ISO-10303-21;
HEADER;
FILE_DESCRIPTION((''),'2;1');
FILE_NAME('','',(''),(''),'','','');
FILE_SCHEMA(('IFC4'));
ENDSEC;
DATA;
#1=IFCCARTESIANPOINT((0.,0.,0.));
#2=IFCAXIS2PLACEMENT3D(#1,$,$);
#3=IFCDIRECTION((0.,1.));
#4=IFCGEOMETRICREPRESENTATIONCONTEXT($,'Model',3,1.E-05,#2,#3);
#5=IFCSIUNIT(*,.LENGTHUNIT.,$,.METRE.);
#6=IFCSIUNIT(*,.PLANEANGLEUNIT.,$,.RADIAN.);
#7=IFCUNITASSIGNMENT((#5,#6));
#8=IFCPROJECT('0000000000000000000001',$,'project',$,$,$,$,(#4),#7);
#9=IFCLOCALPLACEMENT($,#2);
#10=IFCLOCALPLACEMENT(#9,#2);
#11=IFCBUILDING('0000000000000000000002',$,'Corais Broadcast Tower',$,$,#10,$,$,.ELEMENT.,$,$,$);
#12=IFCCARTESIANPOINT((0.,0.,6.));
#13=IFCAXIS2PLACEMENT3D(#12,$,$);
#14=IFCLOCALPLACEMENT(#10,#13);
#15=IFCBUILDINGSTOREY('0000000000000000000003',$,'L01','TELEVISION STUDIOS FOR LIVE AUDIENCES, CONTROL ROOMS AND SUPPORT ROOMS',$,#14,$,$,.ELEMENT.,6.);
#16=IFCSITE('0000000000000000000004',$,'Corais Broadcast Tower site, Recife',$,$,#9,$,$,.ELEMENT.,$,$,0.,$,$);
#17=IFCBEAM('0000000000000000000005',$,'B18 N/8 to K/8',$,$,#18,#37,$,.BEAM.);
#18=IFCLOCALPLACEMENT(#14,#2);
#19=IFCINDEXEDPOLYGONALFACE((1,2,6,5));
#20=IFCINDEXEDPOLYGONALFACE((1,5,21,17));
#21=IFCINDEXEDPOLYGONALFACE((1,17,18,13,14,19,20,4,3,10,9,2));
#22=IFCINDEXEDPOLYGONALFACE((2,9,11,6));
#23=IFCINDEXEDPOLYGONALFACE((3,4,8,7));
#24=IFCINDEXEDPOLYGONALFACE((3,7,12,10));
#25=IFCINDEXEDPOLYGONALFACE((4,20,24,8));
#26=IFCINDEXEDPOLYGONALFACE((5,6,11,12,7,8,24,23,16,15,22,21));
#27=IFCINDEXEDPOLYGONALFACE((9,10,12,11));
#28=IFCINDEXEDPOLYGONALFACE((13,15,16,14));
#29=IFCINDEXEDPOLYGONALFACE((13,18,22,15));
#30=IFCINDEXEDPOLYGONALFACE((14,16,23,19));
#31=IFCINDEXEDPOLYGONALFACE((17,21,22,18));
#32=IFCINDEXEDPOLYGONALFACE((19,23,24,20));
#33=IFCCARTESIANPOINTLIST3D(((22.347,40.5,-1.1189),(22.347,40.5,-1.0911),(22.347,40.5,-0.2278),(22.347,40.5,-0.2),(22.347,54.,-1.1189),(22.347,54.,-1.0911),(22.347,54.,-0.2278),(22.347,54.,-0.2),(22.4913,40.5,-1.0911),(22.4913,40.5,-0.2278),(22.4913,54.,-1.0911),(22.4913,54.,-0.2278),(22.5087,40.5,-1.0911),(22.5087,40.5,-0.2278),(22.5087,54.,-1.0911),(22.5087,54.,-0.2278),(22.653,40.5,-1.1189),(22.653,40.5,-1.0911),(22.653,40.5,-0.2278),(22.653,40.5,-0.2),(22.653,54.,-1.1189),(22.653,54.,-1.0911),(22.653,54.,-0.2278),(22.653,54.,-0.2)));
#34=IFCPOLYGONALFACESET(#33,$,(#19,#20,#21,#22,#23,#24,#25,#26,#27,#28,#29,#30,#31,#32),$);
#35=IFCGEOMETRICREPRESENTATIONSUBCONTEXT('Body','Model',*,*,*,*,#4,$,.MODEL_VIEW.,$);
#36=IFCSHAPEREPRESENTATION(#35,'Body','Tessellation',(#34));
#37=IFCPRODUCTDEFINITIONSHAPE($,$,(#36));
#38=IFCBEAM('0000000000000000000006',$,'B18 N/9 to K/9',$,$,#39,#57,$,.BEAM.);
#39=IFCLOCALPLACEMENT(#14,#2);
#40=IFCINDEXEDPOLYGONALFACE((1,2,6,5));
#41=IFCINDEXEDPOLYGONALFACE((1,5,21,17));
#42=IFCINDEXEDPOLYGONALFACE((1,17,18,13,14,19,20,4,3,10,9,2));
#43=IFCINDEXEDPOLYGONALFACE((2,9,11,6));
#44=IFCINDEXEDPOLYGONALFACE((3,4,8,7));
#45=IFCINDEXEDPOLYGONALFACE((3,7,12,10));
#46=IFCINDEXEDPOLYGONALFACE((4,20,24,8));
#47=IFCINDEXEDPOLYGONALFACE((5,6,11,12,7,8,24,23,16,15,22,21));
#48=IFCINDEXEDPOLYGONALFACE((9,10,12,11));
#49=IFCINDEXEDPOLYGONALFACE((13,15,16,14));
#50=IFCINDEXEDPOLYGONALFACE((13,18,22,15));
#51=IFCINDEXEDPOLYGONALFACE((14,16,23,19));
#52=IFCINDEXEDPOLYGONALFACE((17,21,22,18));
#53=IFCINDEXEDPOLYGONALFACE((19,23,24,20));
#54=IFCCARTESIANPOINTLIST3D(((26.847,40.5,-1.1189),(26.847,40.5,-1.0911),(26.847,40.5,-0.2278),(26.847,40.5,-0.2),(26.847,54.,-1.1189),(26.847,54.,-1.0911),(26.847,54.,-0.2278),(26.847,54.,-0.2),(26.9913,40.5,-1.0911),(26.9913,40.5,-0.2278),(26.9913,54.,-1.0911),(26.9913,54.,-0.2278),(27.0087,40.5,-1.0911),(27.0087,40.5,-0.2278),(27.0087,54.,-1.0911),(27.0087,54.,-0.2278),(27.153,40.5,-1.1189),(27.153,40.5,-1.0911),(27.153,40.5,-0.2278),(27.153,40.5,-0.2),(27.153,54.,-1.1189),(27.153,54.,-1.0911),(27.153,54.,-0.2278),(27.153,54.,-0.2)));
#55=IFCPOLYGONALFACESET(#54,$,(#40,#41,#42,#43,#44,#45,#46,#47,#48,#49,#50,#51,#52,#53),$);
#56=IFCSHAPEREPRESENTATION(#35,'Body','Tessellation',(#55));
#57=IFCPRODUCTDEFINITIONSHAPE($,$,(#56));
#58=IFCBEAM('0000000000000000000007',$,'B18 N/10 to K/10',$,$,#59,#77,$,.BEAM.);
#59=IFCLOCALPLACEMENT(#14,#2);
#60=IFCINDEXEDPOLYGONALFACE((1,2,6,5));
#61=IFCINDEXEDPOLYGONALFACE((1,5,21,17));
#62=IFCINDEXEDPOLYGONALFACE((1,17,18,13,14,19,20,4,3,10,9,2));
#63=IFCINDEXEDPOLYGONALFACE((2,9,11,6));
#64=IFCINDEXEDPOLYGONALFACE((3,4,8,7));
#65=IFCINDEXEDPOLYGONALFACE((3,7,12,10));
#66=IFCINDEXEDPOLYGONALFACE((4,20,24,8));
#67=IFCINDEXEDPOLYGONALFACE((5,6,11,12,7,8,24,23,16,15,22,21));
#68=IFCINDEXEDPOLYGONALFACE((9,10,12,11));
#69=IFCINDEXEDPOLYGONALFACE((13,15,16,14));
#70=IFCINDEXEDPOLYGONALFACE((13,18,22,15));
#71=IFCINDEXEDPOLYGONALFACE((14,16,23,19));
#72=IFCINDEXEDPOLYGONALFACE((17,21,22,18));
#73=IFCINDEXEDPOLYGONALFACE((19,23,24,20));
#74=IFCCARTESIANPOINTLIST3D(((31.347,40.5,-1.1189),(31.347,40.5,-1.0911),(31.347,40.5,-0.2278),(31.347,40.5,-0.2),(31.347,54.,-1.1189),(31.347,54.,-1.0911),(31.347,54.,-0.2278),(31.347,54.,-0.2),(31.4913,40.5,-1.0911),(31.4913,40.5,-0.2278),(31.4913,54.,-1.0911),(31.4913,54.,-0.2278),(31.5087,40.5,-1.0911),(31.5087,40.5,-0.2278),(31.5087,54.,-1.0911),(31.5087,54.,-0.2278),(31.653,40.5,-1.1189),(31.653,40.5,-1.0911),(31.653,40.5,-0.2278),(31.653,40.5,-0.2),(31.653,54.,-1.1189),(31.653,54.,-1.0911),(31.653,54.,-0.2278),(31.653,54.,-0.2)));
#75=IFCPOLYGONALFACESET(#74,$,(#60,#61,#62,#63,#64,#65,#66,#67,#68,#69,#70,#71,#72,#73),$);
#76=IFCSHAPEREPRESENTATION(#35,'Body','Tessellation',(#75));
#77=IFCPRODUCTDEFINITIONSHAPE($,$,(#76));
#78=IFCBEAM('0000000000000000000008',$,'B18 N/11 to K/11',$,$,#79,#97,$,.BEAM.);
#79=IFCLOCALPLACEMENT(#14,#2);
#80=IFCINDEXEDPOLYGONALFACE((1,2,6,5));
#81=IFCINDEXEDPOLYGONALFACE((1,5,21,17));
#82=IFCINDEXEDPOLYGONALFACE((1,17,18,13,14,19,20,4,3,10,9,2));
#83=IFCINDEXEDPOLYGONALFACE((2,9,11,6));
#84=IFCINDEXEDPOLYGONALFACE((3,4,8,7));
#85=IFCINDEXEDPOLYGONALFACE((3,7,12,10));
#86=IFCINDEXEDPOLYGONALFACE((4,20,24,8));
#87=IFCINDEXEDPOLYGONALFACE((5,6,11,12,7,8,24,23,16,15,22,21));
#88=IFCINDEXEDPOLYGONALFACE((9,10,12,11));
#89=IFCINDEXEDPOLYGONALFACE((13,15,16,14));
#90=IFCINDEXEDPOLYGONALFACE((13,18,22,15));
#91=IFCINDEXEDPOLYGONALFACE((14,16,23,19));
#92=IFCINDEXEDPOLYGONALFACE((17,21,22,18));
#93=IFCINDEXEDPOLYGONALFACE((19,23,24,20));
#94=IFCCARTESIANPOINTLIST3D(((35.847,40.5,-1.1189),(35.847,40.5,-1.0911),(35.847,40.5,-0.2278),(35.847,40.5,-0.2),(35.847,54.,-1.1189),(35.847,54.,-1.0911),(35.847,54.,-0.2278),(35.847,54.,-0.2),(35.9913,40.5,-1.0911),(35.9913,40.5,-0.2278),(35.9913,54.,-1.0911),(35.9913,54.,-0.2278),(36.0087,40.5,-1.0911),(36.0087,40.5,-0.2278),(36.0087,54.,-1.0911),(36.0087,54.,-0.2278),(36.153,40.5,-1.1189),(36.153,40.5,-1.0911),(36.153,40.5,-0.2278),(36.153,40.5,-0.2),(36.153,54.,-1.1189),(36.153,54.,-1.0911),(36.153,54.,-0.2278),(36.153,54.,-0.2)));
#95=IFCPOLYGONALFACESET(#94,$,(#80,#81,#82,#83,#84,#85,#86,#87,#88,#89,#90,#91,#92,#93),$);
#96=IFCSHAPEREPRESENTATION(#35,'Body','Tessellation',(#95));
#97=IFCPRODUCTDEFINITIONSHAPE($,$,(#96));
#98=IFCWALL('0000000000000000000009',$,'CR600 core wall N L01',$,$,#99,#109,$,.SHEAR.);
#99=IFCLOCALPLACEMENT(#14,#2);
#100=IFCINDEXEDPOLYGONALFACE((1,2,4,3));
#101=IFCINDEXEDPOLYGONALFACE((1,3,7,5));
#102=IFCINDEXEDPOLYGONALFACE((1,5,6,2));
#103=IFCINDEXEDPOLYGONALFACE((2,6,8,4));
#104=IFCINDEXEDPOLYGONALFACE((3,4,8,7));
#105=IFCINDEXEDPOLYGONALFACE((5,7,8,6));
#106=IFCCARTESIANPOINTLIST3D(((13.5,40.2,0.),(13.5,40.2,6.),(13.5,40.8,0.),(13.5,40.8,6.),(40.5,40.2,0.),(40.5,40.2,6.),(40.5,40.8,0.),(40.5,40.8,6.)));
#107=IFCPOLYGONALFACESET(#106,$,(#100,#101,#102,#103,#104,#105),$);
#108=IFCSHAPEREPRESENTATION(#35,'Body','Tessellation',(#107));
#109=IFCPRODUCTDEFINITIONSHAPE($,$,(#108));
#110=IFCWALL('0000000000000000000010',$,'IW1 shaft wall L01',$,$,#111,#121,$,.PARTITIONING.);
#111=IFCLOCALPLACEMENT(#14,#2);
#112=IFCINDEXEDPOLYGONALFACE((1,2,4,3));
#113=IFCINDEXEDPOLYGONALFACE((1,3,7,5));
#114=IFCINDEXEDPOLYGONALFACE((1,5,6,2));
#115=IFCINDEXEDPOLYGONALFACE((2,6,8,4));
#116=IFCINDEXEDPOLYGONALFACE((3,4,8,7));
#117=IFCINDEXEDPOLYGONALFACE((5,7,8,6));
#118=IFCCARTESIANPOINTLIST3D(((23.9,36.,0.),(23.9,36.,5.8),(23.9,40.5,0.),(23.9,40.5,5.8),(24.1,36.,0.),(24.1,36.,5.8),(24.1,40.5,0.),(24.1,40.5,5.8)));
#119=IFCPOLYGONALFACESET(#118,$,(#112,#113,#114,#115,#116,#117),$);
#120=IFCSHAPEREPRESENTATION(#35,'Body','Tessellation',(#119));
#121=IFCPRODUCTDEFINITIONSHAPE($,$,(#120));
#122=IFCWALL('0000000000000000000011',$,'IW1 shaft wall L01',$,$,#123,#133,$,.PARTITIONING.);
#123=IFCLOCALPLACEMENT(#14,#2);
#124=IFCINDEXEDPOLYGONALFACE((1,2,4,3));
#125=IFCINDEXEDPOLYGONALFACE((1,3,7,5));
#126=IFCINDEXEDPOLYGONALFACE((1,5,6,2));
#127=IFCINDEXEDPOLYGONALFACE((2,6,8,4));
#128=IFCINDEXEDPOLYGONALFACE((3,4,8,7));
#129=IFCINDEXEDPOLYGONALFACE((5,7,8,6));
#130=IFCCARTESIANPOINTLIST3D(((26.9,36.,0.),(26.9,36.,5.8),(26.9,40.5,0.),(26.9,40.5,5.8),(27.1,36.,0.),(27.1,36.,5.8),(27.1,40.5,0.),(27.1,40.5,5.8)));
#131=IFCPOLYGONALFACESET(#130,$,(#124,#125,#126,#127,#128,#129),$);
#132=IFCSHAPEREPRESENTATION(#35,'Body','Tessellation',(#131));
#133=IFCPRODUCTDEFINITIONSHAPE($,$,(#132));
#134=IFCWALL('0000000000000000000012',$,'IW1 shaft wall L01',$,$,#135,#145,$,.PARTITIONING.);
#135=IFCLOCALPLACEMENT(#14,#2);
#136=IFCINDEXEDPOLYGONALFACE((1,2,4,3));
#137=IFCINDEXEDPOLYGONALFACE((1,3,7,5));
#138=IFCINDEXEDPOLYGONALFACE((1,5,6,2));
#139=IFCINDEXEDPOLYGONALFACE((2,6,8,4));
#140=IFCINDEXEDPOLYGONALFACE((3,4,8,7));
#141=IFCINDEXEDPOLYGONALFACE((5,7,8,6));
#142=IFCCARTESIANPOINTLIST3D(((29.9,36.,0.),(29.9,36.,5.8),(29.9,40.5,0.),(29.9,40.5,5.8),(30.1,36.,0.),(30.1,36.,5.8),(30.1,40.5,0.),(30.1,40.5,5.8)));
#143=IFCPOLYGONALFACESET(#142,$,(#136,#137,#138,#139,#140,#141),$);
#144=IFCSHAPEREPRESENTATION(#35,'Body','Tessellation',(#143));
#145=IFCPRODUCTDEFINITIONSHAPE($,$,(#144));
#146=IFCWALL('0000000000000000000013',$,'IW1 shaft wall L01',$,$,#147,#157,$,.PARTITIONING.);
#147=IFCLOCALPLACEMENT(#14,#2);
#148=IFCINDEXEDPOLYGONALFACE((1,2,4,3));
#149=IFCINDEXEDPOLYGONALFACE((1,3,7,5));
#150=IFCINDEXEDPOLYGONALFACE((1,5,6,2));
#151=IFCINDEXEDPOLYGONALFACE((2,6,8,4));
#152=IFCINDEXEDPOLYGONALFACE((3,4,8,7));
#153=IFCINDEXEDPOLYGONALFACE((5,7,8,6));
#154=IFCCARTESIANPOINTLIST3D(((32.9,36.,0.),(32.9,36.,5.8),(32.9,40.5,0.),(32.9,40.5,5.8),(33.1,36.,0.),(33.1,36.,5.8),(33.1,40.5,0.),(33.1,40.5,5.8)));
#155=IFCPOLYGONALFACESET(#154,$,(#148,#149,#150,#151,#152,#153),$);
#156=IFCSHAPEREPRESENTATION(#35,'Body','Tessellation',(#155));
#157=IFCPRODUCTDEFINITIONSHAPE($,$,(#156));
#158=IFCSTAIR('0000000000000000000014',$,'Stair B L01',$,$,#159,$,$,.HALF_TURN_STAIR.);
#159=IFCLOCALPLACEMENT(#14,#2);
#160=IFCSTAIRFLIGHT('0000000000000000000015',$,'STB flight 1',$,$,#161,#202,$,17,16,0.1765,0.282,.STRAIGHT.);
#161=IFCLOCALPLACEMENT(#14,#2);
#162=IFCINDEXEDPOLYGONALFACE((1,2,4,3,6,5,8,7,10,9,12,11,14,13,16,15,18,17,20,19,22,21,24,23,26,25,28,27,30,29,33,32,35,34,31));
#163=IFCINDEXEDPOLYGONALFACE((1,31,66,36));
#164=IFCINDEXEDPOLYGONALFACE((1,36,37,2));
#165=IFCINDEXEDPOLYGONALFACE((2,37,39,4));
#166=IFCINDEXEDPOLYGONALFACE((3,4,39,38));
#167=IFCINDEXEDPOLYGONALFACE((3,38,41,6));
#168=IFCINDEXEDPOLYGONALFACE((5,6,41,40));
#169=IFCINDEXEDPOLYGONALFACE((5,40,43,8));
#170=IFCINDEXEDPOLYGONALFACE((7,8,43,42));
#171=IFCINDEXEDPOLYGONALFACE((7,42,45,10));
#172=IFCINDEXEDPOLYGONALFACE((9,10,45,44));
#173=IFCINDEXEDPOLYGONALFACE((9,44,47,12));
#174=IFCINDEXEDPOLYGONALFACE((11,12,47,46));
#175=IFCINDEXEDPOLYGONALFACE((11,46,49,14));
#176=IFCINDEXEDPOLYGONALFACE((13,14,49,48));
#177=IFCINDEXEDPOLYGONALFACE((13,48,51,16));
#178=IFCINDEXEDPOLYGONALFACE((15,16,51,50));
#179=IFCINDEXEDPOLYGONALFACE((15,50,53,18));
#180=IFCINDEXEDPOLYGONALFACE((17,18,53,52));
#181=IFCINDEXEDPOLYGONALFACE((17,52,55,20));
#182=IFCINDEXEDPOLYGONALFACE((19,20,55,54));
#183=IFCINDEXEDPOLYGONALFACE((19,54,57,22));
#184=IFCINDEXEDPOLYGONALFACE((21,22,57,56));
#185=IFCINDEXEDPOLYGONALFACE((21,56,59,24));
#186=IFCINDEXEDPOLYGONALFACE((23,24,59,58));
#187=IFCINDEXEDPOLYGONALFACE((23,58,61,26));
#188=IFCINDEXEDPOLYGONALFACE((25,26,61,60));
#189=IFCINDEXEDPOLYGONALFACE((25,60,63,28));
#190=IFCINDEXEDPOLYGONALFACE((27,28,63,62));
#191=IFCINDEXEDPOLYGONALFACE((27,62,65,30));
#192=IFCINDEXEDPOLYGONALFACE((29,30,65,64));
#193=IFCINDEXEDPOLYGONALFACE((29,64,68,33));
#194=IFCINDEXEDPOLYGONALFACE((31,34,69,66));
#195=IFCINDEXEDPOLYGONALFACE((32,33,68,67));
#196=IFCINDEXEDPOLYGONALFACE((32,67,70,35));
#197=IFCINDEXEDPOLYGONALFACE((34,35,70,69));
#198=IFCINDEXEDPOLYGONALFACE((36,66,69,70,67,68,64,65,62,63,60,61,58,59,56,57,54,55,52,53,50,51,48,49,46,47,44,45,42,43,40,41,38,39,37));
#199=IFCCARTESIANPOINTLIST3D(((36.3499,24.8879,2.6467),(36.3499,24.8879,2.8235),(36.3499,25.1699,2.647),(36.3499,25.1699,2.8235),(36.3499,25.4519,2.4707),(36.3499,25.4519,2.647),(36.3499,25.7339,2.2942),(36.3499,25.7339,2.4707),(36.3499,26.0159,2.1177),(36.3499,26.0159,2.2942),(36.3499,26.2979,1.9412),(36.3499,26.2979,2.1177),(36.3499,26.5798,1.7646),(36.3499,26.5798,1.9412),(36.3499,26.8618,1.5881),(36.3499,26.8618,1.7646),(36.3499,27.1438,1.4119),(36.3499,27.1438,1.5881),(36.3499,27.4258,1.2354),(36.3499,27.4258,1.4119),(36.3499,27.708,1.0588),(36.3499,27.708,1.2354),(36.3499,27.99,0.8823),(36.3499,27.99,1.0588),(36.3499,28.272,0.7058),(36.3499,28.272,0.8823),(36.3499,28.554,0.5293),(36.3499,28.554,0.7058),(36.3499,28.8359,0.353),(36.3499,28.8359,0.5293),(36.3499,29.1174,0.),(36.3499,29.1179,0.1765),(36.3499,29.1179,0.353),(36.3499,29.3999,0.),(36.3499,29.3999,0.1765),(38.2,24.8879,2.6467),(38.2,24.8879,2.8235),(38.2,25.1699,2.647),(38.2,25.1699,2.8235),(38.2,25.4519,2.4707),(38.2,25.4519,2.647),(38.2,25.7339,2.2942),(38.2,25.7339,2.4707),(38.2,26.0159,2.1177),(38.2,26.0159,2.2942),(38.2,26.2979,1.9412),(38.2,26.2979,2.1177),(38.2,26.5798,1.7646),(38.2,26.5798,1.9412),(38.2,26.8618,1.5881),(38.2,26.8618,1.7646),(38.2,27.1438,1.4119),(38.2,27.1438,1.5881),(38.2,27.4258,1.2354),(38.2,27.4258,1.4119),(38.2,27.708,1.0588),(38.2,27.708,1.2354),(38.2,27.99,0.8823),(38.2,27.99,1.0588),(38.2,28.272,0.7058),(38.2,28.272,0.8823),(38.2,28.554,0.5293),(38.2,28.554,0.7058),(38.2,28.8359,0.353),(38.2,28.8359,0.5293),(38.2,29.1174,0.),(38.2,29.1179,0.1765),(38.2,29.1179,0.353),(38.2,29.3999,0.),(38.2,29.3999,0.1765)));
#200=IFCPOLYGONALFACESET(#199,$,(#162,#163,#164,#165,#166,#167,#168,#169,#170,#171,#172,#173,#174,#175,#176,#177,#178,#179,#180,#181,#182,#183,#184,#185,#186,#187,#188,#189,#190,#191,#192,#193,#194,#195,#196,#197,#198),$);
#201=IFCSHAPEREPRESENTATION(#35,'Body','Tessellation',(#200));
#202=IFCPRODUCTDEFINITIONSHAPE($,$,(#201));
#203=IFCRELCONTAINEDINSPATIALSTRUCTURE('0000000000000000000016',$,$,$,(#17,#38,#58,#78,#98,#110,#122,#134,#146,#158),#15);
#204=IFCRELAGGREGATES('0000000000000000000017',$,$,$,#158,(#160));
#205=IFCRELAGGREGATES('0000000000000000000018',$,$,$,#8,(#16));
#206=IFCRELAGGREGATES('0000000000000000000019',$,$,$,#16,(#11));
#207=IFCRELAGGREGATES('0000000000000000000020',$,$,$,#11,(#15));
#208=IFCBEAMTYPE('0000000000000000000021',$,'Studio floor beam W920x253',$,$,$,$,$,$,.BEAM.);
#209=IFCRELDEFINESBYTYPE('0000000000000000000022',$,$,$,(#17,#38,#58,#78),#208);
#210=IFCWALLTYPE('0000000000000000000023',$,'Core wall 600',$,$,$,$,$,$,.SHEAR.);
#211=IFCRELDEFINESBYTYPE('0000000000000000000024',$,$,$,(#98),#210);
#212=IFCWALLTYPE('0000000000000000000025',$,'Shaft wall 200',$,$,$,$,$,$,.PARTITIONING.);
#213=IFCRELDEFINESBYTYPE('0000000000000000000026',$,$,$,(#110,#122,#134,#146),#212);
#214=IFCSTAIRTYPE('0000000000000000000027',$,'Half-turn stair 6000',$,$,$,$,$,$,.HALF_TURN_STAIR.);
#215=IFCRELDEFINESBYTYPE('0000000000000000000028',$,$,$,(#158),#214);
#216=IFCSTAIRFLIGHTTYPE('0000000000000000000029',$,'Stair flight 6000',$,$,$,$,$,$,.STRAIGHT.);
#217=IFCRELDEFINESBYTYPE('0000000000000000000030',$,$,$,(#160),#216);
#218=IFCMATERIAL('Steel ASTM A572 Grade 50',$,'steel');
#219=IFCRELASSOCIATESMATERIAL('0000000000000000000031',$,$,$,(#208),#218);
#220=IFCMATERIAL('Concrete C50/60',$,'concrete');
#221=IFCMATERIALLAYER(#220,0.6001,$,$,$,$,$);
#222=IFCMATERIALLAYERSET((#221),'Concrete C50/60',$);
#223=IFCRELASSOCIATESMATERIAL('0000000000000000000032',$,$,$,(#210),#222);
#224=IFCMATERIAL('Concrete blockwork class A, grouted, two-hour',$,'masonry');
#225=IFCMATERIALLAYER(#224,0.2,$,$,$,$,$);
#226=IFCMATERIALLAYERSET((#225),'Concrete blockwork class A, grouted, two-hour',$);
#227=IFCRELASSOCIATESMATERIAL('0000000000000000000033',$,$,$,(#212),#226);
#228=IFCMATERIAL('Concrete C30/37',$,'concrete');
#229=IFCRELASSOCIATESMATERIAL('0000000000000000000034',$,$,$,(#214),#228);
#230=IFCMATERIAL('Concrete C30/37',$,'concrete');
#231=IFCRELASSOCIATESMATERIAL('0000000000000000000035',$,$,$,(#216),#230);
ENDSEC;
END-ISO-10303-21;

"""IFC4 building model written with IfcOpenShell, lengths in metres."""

from ifc_helpers import new_model, si_unit, direction, frame, frame_2d, origin, origin_2d, place, context, subcontext, project, spatial, polyline, rectangle, i_section, outline, extrude, material, layer, layer_set, material_profile, profile_set, type_object, element, aggregate, save


model = new_model("IFC4")

# Units and contexts
model_context = context("Model", 3, precision=1e-05, world=origin(), true_north=direction((0.0, 1.0)))
body_context = subcontext(model_context, "Body", "Model", "MODEL_VIEW")
ifc_project = project(units=[si_unit("LENGTHUNIT", "METRE"), si_unit("PLANEANGLEUNIT", "RADIAN")], contexts=[model_context])

# Site, building, storey
site_placement = place(None, origin())
site = spatial("IfcSite", under=ifc_project, at=site_placement, Name="Corais Broadcast Tower site, Recife", CompositionType="ELEMENT", RefElevation=0.0)
building_placement = place(site_placement, origin())
building = spatial("IfcBuilding", under=site, at=building_placement, Name="Corais Broadcast Tower", CompositionType="ELEMENT")
storey_placement = place(building_placement, frame((0.0, 0.0, 6.0)))
storey = spatial("IfcBuildingStorey", under=building, at=storey_placement, Name="L01", Description="TELEVISION STUDIOS FOR LIVE AUDIENCES, CONTROL ROOMS AND SUPPORT ROOMS", CompositionType="ELEMENT", Elevation=6.0)

# Beams
ifc_material_1 = material(Name="Steel ASTM A572 Grade 50", Category="steel")
ifc_material_profile_1 = material_profile(ifc_material_1, i_section(OverallWidth=0.3059, OverallDepth=0.9189, WebThickness=0.0173, FlangeThickness=0.0278, at=origin_2d()), Name="W920x253")
ifc_profile_set_1 = profile_set([ifc_material_profile_1], Name="Steel ASTM A572 Grade 50")
beam_type_1 = type_object("IfcBeamType", Name="Studio floor beam W920x253", PredefinedType="BEAM", material=ifc_profile_set_1)
for number, where, z_axis, x_axis, name in (
    (1, (22.5, 54.0, -0.6594), (0.0, -1.0, 0.0), (1.0, 0.0, 0.0), "B18 N/8 to K/8"),
    (2, (27.0, 54.0, -0.6594), (0.0, -1.0, 0.0), (1.0, 0.0, 0.0), "B18 N/9 to K/9"),
    (3, (31.5, 54.0, -0.6594), (0.0, -1.0, 0.0), (1.0, 0.0, 0.0), "B18 N/10 to K/10"),
    (4, (36.0, 54.0, -0.6594), (0.0, -1.0, 0.0), (1.0, 0.0, 0.0), "B18 N/11 to K/11"),
):
    element("IfcBeam", number, at=place(storey_placement, frame(where, z_axis=z_axis, x_axis=x_axis)), inside=storey, type_object=beam_type_1, Name=name, PredefinedType="BEAM", context=body_context, shape_type="SweptSolid", body=[
        extrude(i_section(OverallWidth=0.3059, OverallDepth=0.9189, WebThickness=0.0173, FlangeThickness=0.0278, at=origin_2d()), origin(), (0.0, 0.0, 1.0), 13.5),
    ])

# Walls
ifc_material_2 = material(Name="Concrete C50/60", Category="concrete")
ifc_layer_1 = layer(ifc_material_2, 0.6001)
ifc_layer_set_1 = layer_set([ifc_layer_1], Name="Concrete C50/60")
wall_type_1 = type_object("IfcWallType", Name="Core wall 600", PredefinedType="SHEAR", material=ifc_layer_set_1)
wall_placement = place(storey_placement, frame((40.5, 40.5, 0.0), z_axis=(0.0, 0.0, 1.0), x_axis=(-1.0, 0.0, 0.0)))
element("IfcWall", 5, at=wall_placement, inside=storey, type_object=wall_type_1, Name="CR600 core wall N L01", PredefinedType="SHEAR", context=body_context, shape_type="SweptSolid", body=[
    extrude(rectangle(XDim=27.0, YDim=0.6001, at=frame_2d((13.5, 0.0))), origin(), (0.0, 0.0, 1.0), 6.0),
])
ifc_material_3 = material(Name="Concrete blockwork class A, grouted, two-hour", Category="masonry")
ifc_layer_2 = layer(ifc_material_3, 0.2)
ifc_layer_set_2 = layer_set([ifc_layer_2], Name="Concrete blockwork class A, grouted, two-hour")
wall_type_2 = type_object("IfcWallType", Name="Shaft wall 200", PredefinedType="PARTITIONING", material=ifc_layer_set_2)
for number, where, z_axis, x_axis, name in (
    (6, (24.0, 36.0, 0.0), (0.0, 0.0, 1.0), (0.0, 1.0, 0.0), "IW1 shaft wall L01"),
    (7, (27.0, 36.0, 0.0), (0.0, 0.0, 1.0), (0.0, 1.0, 0.0), "IW1 shaft wall L01"),
    (8, (30.0, 36.0, 0.0), (0.0, 0.0, 1.0), (0.0, 1.0, 0.0), "IW1 shaft wall L01"),
    (9, (33.0, 36.0, 0.0), (0.0, 0.0, 1.0), (0.0, 1.0, 0.0), "IW1 shaft wall L01"),
):
    element("IfcWall", number, at=place(storey_placement, frame(where, z_axis=z_axis, x_axis=x_axis)), inside=storey, type_object=wall_type_2, Name=name, PredefinedType="PARTITIONING", context=body_context, shape_type="SweptSolid", body=[
        extrude(rectangle(XDim=4.5, YDim=0.2, at=frame_2d((2.25, 0.0))), origin(), (0.0, 0.0, 1.0), 5.8),
    ])

# Stair, stair flight
ifc_material_4 = material(Name="Concrete C30/37", Category="concrete")
stair_type = type_object("IfcStairType", Name="Half-turn stair 6000", PredefinedType="HALF_TURN_STAIR", material=ifc_material_4)
stair_placement = place(storey_placement, origin())
stair = element("IfcStair", 10, at=stair_placement, inside=storey, type_object=stair_type, Name="Stair B L01", PredefinedType="HALF_TURN_STAIR")
ifc_material_5 = material(Name="Concrete C30/37", Category="concrete")
stair_flight_type = type_object("IfcStairFlightType", Name="Stair flight 6000", PredefinedType="STRAIGHT", material=ifc_material_5)
stair_flight_placement = place(storey_placement, frame((37.2749, 29.3999, 0.0), z_axis=(0.0, 0.0, 1.0), x_axis=(0.0, -1.0, 0.0)))
stair_flight = element("IfcStairFlight", 11, at=stair_flight_placement, type_object=stair_flight_type, Name="STB flight 1", NumberOfRisers=17, NumberOfTreads=16, PredefinedType="STRAIGHT", RiserHeight=0.1765, TreadLength=0.282, context=body_context, shape_type="SweptSolid", body=[
    extrude(outline(polyline([(0.0, 0.0), (0.0, 0.1765), (0.282, 0.1765), (0.282, 0.353), (0.564, 0.353), (0.564, 0.5293), (0.8459, 0.5293), (0.8459, 0.7058), (1.1279, 0.7058), (1.1279, 0.8823), (1.4099, 0.8823), (1.4099, 1.0588), (1.6919, 1.0588), (1.6919, 1.2354), (1.9741, 1.2354), (1.9741, 1.4119), (2.2561, 1.4119), (2.2561, 1.5881), (2.5381, 1.5881), (2.5381, 1.7646), (2.8201, 1.7646), (2.8201, 1.9412), (3.1021, 1.9412), (3.1021, 2.1177), (3.384, 2.1177), (3.384, 2.2942), (3.666, 2.2942), (3.666, 2.4707), (3.948, 2.4707), (3.948, 2.647), (4.23, 2.647), (4.23, 2.8235), (4.512, 2.8235), (4.512, 3.0), (4.512, 2.6467), (0.2825, 0.0), (0.0, 0.0)])), frame((0.0, 0.925, 0.0), z_axis=(0.0, -1.0, 0.0), x_axis=(1.0, 0.0, 0.0)), (0.0, 0.0, 1.0), 1.8501),
])
aggregate(stair, [stair_flight])

save(model, "model.ifc")
